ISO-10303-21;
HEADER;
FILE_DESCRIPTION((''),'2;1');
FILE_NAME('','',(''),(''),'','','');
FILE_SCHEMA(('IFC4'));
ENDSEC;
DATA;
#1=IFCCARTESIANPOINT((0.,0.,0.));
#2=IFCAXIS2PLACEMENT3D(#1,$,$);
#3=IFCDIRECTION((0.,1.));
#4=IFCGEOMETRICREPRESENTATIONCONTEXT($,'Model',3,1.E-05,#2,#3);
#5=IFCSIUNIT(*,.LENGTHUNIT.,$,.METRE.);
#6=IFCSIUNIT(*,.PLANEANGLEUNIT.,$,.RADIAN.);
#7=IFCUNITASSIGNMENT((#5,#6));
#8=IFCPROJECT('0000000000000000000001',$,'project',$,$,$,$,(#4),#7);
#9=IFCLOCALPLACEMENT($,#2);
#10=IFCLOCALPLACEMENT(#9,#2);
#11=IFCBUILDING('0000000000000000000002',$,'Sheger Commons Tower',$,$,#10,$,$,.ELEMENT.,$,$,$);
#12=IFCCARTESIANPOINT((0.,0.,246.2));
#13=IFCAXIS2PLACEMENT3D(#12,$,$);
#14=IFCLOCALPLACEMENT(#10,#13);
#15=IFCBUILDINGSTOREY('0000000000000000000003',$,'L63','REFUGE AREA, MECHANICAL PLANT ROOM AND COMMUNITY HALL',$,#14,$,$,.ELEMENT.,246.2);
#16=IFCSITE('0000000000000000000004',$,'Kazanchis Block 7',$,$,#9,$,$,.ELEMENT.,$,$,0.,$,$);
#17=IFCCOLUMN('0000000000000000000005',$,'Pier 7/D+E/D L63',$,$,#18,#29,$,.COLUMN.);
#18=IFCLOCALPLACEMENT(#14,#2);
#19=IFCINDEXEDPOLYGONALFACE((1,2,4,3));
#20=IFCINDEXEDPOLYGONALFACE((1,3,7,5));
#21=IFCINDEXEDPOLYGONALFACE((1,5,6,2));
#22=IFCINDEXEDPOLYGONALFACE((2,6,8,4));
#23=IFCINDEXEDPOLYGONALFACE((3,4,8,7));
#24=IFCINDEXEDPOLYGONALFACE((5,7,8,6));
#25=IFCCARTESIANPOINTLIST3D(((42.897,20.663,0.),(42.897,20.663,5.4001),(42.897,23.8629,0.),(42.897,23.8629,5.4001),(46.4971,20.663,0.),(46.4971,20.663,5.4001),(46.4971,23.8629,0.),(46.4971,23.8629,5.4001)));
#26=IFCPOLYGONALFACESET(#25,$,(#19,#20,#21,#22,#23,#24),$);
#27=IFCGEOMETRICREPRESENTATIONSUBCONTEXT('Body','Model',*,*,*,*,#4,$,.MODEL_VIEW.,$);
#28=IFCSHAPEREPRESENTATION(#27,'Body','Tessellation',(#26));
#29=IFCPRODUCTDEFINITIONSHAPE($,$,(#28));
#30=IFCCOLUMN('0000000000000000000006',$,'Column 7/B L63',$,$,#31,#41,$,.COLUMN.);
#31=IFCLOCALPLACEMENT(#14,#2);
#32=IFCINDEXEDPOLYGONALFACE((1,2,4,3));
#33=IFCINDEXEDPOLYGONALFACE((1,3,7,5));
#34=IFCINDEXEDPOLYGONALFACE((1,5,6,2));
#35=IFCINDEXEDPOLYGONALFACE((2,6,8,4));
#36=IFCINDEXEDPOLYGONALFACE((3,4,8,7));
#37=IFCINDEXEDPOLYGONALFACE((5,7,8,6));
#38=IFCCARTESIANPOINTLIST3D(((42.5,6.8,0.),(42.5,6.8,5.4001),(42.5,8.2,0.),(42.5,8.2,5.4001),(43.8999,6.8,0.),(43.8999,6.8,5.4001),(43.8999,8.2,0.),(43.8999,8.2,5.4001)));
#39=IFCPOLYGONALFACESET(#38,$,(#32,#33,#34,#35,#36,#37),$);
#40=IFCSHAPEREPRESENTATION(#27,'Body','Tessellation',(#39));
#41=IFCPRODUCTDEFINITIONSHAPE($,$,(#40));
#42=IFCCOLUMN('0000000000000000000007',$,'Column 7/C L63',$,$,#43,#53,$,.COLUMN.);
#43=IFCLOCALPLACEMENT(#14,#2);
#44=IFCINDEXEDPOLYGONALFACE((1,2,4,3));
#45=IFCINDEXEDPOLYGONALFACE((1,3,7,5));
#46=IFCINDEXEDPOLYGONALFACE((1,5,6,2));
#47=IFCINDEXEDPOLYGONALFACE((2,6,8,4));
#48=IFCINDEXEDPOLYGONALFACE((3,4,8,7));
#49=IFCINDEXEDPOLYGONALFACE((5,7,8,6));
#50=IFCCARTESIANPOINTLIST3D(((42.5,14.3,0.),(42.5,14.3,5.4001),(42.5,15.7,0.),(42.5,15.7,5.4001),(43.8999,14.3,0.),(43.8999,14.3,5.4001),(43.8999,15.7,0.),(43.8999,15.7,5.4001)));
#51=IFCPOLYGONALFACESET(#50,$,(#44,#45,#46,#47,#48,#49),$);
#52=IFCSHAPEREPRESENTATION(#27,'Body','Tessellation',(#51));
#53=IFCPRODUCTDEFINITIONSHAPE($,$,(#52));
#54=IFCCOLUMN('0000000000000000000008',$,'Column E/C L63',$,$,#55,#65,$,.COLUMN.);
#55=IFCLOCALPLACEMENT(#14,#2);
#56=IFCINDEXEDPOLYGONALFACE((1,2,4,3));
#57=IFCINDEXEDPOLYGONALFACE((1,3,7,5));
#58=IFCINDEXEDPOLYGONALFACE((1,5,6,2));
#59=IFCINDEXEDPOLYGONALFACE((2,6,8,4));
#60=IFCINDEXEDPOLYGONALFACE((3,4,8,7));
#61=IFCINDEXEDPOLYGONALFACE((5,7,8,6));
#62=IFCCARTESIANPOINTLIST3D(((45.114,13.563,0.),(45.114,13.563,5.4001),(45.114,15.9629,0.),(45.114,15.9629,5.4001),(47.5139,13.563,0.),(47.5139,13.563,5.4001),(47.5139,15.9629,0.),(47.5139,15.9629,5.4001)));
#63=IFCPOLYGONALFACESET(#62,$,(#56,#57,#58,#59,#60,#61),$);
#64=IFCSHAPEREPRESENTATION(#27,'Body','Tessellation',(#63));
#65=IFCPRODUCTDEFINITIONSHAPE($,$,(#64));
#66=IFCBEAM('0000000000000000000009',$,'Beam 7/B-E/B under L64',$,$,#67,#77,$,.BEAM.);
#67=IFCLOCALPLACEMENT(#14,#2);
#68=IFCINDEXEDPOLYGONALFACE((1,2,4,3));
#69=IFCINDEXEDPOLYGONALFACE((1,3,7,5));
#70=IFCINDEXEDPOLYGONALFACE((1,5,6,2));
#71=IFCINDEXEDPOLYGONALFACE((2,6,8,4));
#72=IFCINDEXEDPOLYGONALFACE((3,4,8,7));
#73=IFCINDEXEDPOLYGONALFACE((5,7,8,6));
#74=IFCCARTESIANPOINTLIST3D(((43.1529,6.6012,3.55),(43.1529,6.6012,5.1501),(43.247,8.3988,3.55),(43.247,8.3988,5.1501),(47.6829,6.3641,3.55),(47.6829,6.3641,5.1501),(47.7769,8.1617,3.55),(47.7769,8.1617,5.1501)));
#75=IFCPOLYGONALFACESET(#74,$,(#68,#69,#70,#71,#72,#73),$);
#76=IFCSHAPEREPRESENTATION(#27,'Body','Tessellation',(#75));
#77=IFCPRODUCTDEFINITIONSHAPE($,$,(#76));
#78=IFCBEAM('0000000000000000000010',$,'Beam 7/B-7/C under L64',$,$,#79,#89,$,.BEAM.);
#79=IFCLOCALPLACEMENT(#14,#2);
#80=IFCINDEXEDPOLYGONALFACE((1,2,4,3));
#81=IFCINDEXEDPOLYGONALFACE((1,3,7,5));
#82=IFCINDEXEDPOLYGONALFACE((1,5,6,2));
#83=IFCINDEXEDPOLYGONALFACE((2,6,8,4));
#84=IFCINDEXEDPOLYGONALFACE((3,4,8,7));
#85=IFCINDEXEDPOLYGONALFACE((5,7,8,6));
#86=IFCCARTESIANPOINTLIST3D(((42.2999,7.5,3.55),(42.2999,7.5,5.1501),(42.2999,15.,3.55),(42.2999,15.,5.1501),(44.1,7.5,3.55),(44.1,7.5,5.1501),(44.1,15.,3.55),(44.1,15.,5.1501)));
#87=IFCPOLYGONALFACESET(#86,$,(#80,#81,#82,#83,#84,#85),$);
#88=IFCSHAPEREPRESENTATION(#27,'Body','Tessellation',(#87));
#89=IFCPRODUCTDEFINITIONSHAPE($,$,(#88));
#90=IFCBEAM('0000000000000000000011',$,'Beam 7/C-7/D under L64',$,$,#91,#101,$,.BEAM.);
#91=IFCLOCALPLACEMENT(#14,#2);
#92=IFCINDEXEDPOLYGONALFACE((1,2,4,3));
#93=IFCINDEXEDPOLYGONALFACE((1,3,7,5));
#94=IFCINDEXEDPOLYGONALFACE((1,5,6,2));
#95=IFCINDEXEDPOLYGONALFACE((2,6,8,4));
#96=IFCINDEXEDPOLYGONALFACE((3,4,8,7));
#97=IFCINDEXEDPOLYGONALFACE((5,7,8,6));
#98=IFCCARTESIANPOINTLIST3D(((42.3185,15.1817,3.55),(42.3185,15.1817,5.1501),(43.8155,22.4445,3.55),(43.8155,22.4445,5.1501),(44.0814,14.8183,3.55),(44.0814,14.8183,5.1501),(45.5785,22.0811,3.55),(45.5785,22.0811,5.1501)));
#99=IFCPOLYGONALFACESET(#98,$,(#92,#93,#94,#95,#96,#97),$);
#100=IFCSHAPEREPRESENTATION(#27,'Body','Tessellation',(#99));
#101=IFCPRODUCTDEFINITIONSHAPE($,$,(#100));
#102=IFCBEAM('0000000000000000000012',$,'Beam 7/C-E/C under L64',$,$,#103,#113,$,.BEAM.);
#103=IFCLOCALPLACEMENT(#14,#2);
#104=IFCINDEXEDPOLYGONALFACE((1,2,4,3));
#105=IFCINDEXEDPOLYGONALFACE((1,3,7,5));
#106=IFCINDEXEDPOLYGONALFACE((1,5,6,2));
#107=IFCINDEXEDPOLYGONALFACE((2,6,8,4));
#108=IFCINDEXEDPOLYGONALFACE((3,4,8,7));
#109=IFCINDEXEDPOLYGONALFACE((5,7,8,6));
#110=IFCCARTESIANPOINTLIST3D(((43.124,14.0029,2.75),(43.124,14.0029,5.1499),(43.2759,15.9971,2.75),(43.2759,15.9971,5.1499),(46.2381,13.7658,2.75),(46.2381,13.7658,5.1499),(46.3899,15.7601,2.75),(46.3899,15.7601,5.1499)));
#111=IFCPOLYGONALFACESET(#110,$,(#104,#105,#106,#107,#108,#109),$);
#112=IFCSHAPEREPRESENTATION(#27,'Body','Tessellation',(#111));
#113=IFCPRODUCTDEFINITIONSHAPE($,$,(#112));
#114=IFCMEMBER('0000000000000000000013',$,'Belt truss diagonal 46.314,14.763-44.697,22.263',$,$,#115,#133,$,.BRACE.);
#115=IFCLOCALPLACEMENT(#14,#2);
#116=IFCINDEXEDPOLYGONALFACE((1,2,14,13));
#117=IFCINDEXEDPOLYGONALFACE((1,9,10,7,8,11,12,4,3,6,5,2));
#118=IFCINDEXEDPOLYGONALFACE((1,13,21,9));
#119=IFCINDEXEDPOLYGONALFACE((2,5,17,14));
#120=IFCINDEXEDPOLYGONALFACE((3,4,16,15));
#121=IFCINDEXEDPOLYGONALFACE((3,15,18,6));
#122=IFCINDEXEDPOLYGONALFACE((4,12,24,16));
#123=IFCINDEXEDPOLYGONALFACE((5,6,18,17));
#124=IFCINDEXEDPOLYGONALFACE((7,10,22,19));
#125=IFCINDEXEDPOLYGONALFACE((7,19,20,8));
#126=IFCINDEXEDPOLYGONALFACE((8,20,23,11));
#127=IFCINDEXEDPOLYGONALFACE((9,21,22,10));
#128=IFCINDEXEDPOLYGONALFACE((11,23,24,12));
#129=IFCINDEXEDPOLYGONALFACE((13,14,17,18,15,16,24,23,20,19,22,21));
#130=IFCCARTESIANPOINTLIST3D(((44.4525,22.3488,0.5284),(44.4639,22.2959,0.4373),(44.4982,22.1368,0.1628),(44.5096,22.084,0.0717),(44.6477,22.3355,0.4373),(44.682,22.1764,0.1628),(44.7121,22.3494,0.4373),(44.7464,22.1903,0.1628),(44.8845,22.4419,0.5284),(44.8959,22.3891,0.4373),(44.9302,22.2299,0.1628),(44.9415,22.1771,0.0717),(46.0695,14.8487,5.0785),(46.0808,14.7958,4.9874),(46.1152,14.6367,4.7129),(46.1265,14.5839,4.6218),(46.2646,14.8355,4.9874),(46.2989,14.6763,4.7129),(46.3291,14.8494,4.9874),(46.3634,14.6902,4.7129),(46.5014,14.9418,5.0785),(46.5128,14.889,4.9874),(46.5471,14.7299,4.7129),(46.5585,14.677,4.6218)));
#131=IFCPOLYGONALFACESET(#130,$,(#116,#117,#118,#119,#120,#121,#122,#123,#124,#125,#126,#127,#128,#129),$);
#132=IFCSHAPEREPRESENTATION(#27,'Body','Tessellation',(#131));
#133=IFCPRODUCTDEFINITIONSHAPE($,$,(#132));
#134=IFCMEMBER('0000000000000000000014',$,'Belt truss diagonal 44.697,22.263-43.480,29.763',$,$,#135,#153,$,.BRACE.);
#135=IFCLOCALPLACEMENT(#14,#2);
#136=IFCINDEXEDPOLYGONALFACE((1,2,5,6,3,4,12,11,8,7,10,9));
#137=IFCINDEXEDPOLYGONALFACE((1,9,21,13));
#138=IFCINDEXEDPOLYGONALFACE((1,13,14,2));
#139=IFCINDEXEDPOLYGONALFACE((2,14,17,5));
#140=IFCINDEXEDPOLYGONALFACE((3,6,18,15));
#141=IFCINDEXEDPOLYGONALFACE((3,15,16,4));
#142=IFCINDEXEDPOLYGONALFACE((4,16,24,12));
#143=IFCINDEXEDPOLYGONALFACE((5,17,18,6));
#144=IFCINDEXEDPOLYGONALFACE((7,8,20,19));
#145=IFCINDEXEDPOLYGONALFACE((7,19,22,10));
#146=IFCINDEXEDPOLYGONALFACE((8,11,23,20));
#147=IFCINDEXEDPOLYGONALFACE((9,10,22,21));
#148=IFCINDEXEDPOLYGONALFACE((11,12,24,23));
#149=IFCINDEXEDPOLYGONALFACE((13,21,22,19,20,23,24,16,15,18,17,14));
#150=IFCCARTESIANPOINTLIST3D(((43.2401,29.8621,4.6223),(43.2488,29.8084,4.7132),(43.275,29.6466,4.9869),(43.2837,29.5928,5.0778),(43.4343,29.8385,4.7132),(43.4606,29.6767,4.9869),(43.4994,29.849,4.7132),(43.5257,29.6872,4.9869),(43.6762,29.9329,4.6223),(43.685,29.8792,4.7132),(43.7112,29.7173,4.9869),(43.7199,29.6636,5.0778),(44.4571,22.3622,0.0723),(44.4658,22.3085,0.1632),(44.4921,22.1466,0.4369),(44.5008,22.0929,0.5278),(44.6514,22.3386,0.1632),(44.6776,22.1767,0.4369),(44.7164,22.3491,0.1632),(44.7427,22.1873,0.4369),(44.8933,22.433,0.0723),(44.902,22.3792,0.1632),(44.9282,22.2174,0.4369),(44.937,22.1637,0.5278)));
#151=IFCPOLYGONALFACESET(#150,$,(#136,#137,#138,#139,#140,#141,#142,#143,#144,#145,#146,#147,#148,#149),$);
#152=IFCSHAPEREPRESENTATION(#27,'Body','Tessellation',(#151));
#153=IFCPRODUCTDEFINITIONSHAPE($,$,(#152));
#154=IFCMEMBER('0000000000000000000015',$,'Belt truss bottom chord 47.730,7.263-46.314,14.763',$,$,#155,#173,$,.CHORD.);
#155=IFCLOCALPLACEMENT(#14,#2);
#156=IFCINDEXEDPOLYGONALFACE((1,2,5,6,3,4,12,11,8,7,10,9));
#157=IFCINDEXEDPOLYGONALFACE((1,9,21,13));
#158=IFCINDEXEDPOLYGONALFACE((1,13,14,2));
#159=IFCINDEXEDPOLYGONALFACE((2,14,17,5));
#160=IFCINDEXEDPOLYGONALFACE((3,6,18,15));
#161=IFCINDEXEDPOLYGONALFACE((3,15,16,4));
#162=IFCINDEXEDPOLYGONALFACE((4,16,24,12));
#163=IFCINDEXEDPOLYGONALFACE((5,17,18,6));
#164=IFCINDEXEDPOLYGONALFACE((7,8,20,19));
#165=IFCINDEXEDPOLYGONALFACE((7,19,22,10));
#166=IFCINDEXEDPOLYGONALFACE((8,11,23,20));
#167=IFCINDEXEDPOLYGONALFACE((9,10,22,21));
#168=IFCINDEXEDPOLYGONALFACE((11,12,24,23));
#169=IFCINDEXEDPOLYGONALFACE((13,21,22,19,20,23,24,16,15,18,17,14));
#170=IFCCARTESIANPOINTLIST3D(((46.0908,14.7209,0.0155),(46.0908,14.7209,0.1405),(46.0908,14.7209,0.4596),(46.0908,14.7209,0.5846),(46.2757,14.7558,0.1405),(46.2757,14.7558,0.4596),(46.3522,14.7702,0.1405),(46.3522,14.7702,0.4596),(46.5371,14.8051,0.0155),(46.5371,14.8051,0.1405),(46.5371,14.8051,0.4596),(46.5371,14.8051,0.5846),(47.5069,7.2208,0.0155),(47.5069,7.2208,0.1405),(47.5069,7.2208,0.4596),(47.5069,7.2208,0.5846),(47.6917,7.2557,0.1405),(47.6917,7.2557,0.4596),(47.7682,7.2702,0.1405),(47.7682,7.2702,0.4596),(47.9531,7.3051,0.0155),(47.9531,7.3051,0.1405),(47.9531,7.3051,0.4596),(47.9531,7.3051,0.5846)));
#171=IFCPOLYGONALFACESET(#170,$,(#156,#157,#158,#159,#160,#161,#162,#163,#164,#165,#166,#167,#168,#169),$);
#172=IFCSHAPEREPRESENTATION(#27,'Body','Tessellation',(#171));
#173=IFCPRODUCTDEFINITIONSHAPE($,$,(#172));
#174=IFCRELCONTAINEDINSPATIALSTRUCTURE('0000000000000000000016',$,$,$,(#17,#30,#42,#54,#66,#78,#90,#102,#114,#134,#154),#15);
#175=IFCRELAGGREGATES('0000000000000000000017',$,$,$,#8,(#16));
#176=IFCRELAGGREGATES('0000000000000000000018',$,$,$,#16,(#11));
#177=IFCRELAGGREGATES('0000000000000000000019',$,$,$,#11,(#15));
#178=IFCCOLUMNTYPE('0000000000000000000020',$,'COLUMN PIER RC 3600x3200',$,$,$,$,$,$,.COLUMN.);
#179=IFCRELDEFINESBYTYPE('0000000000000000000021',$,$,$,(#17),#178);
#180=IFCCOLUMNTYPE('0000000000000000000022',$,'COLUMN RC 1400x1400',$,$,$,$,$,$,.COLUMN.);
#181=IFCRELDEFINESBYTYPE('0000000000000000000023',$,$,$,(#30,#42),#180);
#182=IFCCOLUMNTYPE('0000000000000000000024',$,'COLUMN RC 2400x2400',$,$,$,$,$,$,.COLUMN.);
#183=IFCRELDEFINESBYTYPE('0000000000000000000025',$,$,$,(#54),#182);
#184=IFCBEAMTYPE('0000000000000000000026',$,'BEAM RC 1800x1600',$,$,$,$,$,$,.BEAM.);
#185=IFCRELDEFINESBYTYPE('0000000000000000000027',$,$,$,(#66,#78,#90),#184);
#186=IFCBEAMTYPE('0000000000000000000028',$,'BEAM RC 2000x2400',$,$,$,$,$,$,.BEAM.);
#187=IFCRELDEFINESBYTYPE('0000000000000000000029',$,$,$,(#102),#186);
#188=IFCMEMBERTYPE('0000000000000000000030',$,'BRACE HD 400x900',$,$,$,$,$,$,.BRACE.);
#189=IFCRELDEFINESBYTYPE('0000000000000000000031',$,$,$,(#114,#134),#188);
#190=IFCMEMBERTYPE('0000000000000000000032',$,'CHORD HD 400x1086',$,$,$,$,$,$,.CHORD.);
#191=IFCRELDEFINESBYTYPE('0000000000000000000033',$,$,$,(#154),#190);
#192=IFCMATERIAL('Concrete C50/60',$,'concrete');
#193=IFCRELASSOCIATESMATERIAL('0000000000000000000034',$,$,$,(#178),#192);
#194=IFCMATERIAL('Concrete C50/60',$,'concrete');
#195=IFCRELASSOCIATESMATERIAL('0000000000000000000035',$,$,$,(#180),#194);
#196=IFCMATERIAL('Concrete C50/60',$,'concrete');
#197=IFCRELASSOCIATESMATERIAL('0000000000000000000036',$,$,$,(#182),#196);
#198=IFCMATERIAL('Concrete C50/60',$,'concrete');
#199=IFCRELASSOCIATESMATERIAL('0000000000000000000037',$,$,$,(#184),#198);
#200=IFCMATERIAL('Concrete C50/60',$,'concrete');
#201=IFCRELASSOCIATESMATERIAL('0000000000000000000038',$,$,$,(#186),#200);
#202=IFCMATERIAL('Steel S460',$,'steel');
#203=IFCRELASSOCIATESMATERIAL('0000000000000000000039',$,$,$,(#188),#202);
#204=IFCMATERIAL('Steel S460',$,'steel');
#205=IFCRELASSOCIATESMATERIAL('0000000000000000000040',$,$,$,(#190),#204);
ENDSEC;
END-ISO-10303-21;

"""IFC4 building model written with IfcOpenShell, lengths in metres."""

from ifc_helpers import new_model, si_unit, direction, frame, origin, origin_2d, place, context, subcontext, project, spatial, rectangle, i_section, extrude, material, material_profile, profile_set, type_object, element, save


model = new_model("IFC4")

# Units and contexts
model_context = context("Model", 3, precision=1e-05, world=origin(), true_north=direction((0.0, 1.0)))
body_context = subcontext(model_context, "Body", "Model", "MODEL_VIEW")
ifc_project = project(units=[si_unit("LENGTHUNIT", "METRE"), si_unit("PLANEANGLEUNIT", "RADIAN")], contexts=[model_context])

# Site, building, storey
site_placement = place(None, origin())
site = spatial("IfcSite", under=ifc_project, at=site_placement, Name="Kazanchis Block 7", CompositionType="ELEMENT", RefElevation=0.0)
building_placement = place(site_placement, origin())
building = spatial("IfcBuilding", under=site, at=building_placement, Name="Sheger Commons Tower", CompositionType="ELEMENT")
storey_placement = place(building_placement, frame((0.0, 0.0, 246.2)))
storey = spatial("IfcBuildingStorey", under=building, at=storey_placement, Name="L63", Description="REFUGE AREA, MECHANICAL PLANT ROOM AND COMMUNITY HALL", CompositionType="ELEMENT", Elevation=246.2)

# Columns
ifc_material_1 = material(Name="Concrete C50/60", Category="concrete")
ifc_material_profile_1 = material_profile(ifc_material_1, rectangle(XDim=3.6001, YDim=3.2, at=origin_2d()), Name="RC 3600x3200")
ifc_profile_set_1 = profile_set([ifc_material_profile_1], Name="Concrete C50/60")
column_type_1 = type_object("IfcColumnType", Name="COLUMN PIER RC 3600x3200", PredefinedType="COLUMN", material=ifc_profile_set_1)
column_1_placement = place(storey_placement, frame((44.697, 22.2629, 0.0), z_axis=(0.0, 0.0, 1.0), x_axis=(1.0, 0.0, 0.0)))
element("IfcColumn", 1, at=column_1_placement, inside=storey, type_object=column_type_1, Name="Pier 7/D+E/D L63", PredefinedType="COLUMN", context=body_context, shape_type="SweptSolid", body=[
    extrude(rectangle(XDim=3.6001, YDim=3.2, at=origin_2d()), origin(), (0.0, 0.0, 1.0), 5.4001),
])
ifc_material_2 = material(Name="Concrete C50/60", Category="concrete")
ifc_material_profile_2 = material_profile(ifc_material_2, rectangle(XDim=1.3999, YDim=1.3999, at=origin_2d()), Name="RC 1400x1400")
ifc_profile_set_2 = profile_set([ifc_material_profile_2], Name="Concrete C50/60")
column_type_2 = type_object("IfcColumnType", Name="COLUMN RC 1400x1400", PredefinedType="COLUMN", material=ifc_profile_set_2)
for number, where, z_axis, x_axis, name in (
    (2, (43.2, 7.5, 0.0), (0.0, 0.0, 1.0), (1.0, 0.0, 0.0), "Column 7/B L63"),
    (3, (43.2, 15.0, 0.0), (0.0, 0.0, 1.0), (1.0, 0.0, 0.0), "Column 7/C L63"),
):
    element("IfcColumn", number, at=place(storey_placement, frame(where, z_axis=z_axis, x_axis=x_axis)), inside=storey, type_object=column_type_2, Name=name, PredefinedType="COLUMN", context=body_context, shape_type="SweptSolid", body=[
        extrude(rectangle(XDim=1.3999, YDim=1.3999, at=origin_2d()), origin(), (0.0, 0.0, 1.0), 5.4001),
    ])
ifc_material_3 = material(Name="Concrete C50/60", Category="concrete")
ifc_material_profile_3 = material_profile(ifc_material_3, rectangle(XDim=2.3999, YDim=2.3999, at=origin_2d()), Name="RC 2400x2400")
ifc_profile_set_3 = profile_set([ifc_material_profile_3], Name="Concrete C50/60")
column_type_3 = type_object("IfcColumnType", Name="COLUMN RC 2400x2400", PredefinedType="COLUMN", material=ifc_profile_set_3)
column_2_placement = place(storey_placement, frame((46.314, 14.7629, 0.0), z_axis=(0.0, 0.0, 1.0), x_axis=(1.0, 0.0, 0.0)))
element("IfcColumn", 4, at=column_2_placement, inside=storey, type_object=column_type_3, Name="Column E/C L63", PredefinedType="COLUMN", context=body_context, shape_type="SweptSolid", body=[
    extrude(rectangle(XDim=2.3999, YDim=2.3999, at=origin_2d()), origin(), (0.0, 0.0, 1.0), 5.4001),
])

# Beams
ifc_material_4 = material(Name="Concrete C50/60", Category="concrete")
ifc_material_profile_4 = material_profile(ifc_material_4, rectangle(XDim=1.8, YDim=1.6001, at=origin_2d()), Name="RC 1800x1600")
ifc_profile_set_4 = profile_set([ifc_material_profile_4], Name="Concrete C50/60")
beam_type_1 = type_object("IfcBeamType", Name="BEAM RC 1800x1600", PredefinedType="BEAM", material=ifc_profile_set_4)
beam_1_placement = place(storey_placement, frame((43.2, 7.5, 4.3501), z_axis=(0.998634, -0.052259, 0.0), x_axis=(0.052259, 0.998634, 0.0)))
element("IfcBeam", 5, at=beam_1_placement, inside=storey, type_object=beam_type_1, Name="Beam 7/B-E/B under L64", PredefinedType="BEAM", context=body_context, shape_type="SweptSolid", body=[
    extrude(rectangle(XDim=1.8, YDim=1.6001, at=origin_2d()), origin(), (0.0, 0.0, 1.0), 4.5361),
])
beam_2_placement = place(storey_placement, frame((43.2, 7.5, 4.3501), z_axis=(0.0, 1.0, 0.0), x_axis=(-1.0, 0.0, 0.0)))
element("IfcBeam", 6, at=beam_2_placement, inside=storey, type_object=beam_type_1, Name="Beam 7/B-7/C under L64", PredefinedType="BEAM", context=body_context, shape_type="SweptSolid", body=[
    extrude(rectangle(XDim=1.8, YDim=1.6001, at=origin_2d()), origin(), (0.0, 0.0, 1.0), 7.5),
])
beam_3_placement = place(storey_placement, frame((43.2, 15.0, 4.3501), z_axis=(0.201881, 0.97941, 0.0), x_axis=(-0.97941, 0.201881, 0.0)))
element("IfcBeam", 7, at=beam_3_placement, inside=storey, type_object=beam_type_1, Name="Beam 7/C-7/D under L64", PredefinedType="BEAM", context=body_context, shape_type="SweptSolid", body=[
    extrude(rectangle(XDim=1.8, YDim=1.6001, at=origin_2d()), origin(), (0.0, 0.0, 1.0), 7.4155),
])
ifc_material_5 = material(Name="Concrete C50/60", Category="concrete")
ifc_material_profile_5 = material_profile(ifc_material_5, rectangle(XDim=2.0, YDim=2.3999, at=origin_2d()), Name="RC 2000x2400")
ifc_profile_set_5 = profile_set([ifc_material_profile_5], Name="Concrete C50/60")
beam_type_2 = type_object("IfcBeamType", Name="BEAM RC 2000x2400", PredefinedType="BEAM", material=ifc_profile_set_5)
beam_4_placement = place(storey_placement, frame((43.2, 15.0, 3.95), z_axis=(0.997115, -0.075907, 0.0), x_axis=(0.075907, 0.997115, 0.0)))
element("IfcBeam", 8, at=beam_4_placement, inside=storey, type_object=beam_type_2, Name="Beam 7/C-E/C under L64", PredefinedType="BEAM", context=body_context, shape_type="SweptSolid", body=[
    extrude(rectangle(XDim=2.0, YDim=2.3999, at=origin_2d()), origin(), (0.0, 0.0, 1.0), 3.123),
])

# Members
ifc_material_6 = material(Name="Steel S460", Category="steel")
ifc_material_profile_6 = material_profile(ifc_material_6, i_section(OverallWidth=0.4419, OverallDepth=0.531, WebThickness=0.0659, FlangeThickness=0.106, at=origin_2d()), Name="HD 400x900")
ifc_profile_set_6 = profile_set([ifc_material_profile_6], Name="Steel S460")
member_type_1 = type_object("IfcMemberType", Name="BRACE HD 400x900", PredefinedType="BRACE", material=ifc_profile_set_6)
member_1_placement = place(storey_placement, frame((44.697, 22.2629, 0.3), z_axis=(0.18127, -0.840802, 0.510092), x_axis=(0.97754, 0.21075, 0.0)))
element("IfcMember", 9, at=member_1_placement, inside=storey, type_object=member_type_1, Name="Belt truss diagonal 46.314,14.763-44.697,22.263", PredefinedType="BRACE", context=body_context, shape_type="SweptSolid", body=[
    extrude(i_section(OverallWidth=0.4419, OverallDepth=0.531, WebThickness=0.0659, FlangeThickness=0.106, at=origin_2d()), origin(), (0.0, 0.0, 1.0), 8.9202),
])
member_2_placement = place(storey_placement, frame((44.697, 22.2629, 0.3), z_axis=(-0.137421, 0.846854, 0.513764), x_axis=(-0.987088, -0.160177, 0.0)))
element("IfcMember", 10, at=member_2_placement, inside=storey, type_object=member_type_1, Name="Belt truss diagonal 44.697,22.263-43.480,29.763", PredefinedType="BRACE", context=body_context, shape_type="SweptSolid", body=[
    extrude(i_section(OverallWidth=0.4419, OverallDepth=0.531, WebThickness=0.0659, FlangeThickness=0.106, at=origin_2d()), origin(), (0.0, 0.0, 1.0), 8.8562),
])
ifc_material_7 = material(Name="Steel S460", Category="steel")
ifc_material_profile_7 = material_profile(ifc_material_7, i_section(OverallWidth=0.4541, OverallDepth=0.5691, WebThickness=0.0779, FlangeThickness=0.125, at=origin_2d()), Name="HD 400x1086")
ifc_profile_set_7 = profile_set([ifc_material_profile_7], Name="Steel S460")
member_type_2 = type_object("IfcMemberType", Name="CHORD HD 400x1086", PredefinedType="CHORD", material=ifc_profile_set_7)
member_3_placement = place(storey_placement, frame((47.73, 7.2629, 0.3), z_axis=(-0.185524, 0.98264, 0.0), x_axis=(-0.98264, -0.185524, 0.0)))
element("IfcMember", 11, at=member_3_placement, inside=storey, type_object=member_type_2, Name="Belt truss bottom chord 47.730,7.263-46.314,14.763", PredefinedType="CHORD", context=body_context, shape_type="SweptSolid", body=[
    extrude(i_section(OverallWidth=0.4541, OverallDepth=0.5691, WebThickness=0.0779, FlangeThickness=0.125, at=origin_2d()), origin(), (0.0, 0.0, 1.0), 7.6326),
])

save(model, "model.ifc")
